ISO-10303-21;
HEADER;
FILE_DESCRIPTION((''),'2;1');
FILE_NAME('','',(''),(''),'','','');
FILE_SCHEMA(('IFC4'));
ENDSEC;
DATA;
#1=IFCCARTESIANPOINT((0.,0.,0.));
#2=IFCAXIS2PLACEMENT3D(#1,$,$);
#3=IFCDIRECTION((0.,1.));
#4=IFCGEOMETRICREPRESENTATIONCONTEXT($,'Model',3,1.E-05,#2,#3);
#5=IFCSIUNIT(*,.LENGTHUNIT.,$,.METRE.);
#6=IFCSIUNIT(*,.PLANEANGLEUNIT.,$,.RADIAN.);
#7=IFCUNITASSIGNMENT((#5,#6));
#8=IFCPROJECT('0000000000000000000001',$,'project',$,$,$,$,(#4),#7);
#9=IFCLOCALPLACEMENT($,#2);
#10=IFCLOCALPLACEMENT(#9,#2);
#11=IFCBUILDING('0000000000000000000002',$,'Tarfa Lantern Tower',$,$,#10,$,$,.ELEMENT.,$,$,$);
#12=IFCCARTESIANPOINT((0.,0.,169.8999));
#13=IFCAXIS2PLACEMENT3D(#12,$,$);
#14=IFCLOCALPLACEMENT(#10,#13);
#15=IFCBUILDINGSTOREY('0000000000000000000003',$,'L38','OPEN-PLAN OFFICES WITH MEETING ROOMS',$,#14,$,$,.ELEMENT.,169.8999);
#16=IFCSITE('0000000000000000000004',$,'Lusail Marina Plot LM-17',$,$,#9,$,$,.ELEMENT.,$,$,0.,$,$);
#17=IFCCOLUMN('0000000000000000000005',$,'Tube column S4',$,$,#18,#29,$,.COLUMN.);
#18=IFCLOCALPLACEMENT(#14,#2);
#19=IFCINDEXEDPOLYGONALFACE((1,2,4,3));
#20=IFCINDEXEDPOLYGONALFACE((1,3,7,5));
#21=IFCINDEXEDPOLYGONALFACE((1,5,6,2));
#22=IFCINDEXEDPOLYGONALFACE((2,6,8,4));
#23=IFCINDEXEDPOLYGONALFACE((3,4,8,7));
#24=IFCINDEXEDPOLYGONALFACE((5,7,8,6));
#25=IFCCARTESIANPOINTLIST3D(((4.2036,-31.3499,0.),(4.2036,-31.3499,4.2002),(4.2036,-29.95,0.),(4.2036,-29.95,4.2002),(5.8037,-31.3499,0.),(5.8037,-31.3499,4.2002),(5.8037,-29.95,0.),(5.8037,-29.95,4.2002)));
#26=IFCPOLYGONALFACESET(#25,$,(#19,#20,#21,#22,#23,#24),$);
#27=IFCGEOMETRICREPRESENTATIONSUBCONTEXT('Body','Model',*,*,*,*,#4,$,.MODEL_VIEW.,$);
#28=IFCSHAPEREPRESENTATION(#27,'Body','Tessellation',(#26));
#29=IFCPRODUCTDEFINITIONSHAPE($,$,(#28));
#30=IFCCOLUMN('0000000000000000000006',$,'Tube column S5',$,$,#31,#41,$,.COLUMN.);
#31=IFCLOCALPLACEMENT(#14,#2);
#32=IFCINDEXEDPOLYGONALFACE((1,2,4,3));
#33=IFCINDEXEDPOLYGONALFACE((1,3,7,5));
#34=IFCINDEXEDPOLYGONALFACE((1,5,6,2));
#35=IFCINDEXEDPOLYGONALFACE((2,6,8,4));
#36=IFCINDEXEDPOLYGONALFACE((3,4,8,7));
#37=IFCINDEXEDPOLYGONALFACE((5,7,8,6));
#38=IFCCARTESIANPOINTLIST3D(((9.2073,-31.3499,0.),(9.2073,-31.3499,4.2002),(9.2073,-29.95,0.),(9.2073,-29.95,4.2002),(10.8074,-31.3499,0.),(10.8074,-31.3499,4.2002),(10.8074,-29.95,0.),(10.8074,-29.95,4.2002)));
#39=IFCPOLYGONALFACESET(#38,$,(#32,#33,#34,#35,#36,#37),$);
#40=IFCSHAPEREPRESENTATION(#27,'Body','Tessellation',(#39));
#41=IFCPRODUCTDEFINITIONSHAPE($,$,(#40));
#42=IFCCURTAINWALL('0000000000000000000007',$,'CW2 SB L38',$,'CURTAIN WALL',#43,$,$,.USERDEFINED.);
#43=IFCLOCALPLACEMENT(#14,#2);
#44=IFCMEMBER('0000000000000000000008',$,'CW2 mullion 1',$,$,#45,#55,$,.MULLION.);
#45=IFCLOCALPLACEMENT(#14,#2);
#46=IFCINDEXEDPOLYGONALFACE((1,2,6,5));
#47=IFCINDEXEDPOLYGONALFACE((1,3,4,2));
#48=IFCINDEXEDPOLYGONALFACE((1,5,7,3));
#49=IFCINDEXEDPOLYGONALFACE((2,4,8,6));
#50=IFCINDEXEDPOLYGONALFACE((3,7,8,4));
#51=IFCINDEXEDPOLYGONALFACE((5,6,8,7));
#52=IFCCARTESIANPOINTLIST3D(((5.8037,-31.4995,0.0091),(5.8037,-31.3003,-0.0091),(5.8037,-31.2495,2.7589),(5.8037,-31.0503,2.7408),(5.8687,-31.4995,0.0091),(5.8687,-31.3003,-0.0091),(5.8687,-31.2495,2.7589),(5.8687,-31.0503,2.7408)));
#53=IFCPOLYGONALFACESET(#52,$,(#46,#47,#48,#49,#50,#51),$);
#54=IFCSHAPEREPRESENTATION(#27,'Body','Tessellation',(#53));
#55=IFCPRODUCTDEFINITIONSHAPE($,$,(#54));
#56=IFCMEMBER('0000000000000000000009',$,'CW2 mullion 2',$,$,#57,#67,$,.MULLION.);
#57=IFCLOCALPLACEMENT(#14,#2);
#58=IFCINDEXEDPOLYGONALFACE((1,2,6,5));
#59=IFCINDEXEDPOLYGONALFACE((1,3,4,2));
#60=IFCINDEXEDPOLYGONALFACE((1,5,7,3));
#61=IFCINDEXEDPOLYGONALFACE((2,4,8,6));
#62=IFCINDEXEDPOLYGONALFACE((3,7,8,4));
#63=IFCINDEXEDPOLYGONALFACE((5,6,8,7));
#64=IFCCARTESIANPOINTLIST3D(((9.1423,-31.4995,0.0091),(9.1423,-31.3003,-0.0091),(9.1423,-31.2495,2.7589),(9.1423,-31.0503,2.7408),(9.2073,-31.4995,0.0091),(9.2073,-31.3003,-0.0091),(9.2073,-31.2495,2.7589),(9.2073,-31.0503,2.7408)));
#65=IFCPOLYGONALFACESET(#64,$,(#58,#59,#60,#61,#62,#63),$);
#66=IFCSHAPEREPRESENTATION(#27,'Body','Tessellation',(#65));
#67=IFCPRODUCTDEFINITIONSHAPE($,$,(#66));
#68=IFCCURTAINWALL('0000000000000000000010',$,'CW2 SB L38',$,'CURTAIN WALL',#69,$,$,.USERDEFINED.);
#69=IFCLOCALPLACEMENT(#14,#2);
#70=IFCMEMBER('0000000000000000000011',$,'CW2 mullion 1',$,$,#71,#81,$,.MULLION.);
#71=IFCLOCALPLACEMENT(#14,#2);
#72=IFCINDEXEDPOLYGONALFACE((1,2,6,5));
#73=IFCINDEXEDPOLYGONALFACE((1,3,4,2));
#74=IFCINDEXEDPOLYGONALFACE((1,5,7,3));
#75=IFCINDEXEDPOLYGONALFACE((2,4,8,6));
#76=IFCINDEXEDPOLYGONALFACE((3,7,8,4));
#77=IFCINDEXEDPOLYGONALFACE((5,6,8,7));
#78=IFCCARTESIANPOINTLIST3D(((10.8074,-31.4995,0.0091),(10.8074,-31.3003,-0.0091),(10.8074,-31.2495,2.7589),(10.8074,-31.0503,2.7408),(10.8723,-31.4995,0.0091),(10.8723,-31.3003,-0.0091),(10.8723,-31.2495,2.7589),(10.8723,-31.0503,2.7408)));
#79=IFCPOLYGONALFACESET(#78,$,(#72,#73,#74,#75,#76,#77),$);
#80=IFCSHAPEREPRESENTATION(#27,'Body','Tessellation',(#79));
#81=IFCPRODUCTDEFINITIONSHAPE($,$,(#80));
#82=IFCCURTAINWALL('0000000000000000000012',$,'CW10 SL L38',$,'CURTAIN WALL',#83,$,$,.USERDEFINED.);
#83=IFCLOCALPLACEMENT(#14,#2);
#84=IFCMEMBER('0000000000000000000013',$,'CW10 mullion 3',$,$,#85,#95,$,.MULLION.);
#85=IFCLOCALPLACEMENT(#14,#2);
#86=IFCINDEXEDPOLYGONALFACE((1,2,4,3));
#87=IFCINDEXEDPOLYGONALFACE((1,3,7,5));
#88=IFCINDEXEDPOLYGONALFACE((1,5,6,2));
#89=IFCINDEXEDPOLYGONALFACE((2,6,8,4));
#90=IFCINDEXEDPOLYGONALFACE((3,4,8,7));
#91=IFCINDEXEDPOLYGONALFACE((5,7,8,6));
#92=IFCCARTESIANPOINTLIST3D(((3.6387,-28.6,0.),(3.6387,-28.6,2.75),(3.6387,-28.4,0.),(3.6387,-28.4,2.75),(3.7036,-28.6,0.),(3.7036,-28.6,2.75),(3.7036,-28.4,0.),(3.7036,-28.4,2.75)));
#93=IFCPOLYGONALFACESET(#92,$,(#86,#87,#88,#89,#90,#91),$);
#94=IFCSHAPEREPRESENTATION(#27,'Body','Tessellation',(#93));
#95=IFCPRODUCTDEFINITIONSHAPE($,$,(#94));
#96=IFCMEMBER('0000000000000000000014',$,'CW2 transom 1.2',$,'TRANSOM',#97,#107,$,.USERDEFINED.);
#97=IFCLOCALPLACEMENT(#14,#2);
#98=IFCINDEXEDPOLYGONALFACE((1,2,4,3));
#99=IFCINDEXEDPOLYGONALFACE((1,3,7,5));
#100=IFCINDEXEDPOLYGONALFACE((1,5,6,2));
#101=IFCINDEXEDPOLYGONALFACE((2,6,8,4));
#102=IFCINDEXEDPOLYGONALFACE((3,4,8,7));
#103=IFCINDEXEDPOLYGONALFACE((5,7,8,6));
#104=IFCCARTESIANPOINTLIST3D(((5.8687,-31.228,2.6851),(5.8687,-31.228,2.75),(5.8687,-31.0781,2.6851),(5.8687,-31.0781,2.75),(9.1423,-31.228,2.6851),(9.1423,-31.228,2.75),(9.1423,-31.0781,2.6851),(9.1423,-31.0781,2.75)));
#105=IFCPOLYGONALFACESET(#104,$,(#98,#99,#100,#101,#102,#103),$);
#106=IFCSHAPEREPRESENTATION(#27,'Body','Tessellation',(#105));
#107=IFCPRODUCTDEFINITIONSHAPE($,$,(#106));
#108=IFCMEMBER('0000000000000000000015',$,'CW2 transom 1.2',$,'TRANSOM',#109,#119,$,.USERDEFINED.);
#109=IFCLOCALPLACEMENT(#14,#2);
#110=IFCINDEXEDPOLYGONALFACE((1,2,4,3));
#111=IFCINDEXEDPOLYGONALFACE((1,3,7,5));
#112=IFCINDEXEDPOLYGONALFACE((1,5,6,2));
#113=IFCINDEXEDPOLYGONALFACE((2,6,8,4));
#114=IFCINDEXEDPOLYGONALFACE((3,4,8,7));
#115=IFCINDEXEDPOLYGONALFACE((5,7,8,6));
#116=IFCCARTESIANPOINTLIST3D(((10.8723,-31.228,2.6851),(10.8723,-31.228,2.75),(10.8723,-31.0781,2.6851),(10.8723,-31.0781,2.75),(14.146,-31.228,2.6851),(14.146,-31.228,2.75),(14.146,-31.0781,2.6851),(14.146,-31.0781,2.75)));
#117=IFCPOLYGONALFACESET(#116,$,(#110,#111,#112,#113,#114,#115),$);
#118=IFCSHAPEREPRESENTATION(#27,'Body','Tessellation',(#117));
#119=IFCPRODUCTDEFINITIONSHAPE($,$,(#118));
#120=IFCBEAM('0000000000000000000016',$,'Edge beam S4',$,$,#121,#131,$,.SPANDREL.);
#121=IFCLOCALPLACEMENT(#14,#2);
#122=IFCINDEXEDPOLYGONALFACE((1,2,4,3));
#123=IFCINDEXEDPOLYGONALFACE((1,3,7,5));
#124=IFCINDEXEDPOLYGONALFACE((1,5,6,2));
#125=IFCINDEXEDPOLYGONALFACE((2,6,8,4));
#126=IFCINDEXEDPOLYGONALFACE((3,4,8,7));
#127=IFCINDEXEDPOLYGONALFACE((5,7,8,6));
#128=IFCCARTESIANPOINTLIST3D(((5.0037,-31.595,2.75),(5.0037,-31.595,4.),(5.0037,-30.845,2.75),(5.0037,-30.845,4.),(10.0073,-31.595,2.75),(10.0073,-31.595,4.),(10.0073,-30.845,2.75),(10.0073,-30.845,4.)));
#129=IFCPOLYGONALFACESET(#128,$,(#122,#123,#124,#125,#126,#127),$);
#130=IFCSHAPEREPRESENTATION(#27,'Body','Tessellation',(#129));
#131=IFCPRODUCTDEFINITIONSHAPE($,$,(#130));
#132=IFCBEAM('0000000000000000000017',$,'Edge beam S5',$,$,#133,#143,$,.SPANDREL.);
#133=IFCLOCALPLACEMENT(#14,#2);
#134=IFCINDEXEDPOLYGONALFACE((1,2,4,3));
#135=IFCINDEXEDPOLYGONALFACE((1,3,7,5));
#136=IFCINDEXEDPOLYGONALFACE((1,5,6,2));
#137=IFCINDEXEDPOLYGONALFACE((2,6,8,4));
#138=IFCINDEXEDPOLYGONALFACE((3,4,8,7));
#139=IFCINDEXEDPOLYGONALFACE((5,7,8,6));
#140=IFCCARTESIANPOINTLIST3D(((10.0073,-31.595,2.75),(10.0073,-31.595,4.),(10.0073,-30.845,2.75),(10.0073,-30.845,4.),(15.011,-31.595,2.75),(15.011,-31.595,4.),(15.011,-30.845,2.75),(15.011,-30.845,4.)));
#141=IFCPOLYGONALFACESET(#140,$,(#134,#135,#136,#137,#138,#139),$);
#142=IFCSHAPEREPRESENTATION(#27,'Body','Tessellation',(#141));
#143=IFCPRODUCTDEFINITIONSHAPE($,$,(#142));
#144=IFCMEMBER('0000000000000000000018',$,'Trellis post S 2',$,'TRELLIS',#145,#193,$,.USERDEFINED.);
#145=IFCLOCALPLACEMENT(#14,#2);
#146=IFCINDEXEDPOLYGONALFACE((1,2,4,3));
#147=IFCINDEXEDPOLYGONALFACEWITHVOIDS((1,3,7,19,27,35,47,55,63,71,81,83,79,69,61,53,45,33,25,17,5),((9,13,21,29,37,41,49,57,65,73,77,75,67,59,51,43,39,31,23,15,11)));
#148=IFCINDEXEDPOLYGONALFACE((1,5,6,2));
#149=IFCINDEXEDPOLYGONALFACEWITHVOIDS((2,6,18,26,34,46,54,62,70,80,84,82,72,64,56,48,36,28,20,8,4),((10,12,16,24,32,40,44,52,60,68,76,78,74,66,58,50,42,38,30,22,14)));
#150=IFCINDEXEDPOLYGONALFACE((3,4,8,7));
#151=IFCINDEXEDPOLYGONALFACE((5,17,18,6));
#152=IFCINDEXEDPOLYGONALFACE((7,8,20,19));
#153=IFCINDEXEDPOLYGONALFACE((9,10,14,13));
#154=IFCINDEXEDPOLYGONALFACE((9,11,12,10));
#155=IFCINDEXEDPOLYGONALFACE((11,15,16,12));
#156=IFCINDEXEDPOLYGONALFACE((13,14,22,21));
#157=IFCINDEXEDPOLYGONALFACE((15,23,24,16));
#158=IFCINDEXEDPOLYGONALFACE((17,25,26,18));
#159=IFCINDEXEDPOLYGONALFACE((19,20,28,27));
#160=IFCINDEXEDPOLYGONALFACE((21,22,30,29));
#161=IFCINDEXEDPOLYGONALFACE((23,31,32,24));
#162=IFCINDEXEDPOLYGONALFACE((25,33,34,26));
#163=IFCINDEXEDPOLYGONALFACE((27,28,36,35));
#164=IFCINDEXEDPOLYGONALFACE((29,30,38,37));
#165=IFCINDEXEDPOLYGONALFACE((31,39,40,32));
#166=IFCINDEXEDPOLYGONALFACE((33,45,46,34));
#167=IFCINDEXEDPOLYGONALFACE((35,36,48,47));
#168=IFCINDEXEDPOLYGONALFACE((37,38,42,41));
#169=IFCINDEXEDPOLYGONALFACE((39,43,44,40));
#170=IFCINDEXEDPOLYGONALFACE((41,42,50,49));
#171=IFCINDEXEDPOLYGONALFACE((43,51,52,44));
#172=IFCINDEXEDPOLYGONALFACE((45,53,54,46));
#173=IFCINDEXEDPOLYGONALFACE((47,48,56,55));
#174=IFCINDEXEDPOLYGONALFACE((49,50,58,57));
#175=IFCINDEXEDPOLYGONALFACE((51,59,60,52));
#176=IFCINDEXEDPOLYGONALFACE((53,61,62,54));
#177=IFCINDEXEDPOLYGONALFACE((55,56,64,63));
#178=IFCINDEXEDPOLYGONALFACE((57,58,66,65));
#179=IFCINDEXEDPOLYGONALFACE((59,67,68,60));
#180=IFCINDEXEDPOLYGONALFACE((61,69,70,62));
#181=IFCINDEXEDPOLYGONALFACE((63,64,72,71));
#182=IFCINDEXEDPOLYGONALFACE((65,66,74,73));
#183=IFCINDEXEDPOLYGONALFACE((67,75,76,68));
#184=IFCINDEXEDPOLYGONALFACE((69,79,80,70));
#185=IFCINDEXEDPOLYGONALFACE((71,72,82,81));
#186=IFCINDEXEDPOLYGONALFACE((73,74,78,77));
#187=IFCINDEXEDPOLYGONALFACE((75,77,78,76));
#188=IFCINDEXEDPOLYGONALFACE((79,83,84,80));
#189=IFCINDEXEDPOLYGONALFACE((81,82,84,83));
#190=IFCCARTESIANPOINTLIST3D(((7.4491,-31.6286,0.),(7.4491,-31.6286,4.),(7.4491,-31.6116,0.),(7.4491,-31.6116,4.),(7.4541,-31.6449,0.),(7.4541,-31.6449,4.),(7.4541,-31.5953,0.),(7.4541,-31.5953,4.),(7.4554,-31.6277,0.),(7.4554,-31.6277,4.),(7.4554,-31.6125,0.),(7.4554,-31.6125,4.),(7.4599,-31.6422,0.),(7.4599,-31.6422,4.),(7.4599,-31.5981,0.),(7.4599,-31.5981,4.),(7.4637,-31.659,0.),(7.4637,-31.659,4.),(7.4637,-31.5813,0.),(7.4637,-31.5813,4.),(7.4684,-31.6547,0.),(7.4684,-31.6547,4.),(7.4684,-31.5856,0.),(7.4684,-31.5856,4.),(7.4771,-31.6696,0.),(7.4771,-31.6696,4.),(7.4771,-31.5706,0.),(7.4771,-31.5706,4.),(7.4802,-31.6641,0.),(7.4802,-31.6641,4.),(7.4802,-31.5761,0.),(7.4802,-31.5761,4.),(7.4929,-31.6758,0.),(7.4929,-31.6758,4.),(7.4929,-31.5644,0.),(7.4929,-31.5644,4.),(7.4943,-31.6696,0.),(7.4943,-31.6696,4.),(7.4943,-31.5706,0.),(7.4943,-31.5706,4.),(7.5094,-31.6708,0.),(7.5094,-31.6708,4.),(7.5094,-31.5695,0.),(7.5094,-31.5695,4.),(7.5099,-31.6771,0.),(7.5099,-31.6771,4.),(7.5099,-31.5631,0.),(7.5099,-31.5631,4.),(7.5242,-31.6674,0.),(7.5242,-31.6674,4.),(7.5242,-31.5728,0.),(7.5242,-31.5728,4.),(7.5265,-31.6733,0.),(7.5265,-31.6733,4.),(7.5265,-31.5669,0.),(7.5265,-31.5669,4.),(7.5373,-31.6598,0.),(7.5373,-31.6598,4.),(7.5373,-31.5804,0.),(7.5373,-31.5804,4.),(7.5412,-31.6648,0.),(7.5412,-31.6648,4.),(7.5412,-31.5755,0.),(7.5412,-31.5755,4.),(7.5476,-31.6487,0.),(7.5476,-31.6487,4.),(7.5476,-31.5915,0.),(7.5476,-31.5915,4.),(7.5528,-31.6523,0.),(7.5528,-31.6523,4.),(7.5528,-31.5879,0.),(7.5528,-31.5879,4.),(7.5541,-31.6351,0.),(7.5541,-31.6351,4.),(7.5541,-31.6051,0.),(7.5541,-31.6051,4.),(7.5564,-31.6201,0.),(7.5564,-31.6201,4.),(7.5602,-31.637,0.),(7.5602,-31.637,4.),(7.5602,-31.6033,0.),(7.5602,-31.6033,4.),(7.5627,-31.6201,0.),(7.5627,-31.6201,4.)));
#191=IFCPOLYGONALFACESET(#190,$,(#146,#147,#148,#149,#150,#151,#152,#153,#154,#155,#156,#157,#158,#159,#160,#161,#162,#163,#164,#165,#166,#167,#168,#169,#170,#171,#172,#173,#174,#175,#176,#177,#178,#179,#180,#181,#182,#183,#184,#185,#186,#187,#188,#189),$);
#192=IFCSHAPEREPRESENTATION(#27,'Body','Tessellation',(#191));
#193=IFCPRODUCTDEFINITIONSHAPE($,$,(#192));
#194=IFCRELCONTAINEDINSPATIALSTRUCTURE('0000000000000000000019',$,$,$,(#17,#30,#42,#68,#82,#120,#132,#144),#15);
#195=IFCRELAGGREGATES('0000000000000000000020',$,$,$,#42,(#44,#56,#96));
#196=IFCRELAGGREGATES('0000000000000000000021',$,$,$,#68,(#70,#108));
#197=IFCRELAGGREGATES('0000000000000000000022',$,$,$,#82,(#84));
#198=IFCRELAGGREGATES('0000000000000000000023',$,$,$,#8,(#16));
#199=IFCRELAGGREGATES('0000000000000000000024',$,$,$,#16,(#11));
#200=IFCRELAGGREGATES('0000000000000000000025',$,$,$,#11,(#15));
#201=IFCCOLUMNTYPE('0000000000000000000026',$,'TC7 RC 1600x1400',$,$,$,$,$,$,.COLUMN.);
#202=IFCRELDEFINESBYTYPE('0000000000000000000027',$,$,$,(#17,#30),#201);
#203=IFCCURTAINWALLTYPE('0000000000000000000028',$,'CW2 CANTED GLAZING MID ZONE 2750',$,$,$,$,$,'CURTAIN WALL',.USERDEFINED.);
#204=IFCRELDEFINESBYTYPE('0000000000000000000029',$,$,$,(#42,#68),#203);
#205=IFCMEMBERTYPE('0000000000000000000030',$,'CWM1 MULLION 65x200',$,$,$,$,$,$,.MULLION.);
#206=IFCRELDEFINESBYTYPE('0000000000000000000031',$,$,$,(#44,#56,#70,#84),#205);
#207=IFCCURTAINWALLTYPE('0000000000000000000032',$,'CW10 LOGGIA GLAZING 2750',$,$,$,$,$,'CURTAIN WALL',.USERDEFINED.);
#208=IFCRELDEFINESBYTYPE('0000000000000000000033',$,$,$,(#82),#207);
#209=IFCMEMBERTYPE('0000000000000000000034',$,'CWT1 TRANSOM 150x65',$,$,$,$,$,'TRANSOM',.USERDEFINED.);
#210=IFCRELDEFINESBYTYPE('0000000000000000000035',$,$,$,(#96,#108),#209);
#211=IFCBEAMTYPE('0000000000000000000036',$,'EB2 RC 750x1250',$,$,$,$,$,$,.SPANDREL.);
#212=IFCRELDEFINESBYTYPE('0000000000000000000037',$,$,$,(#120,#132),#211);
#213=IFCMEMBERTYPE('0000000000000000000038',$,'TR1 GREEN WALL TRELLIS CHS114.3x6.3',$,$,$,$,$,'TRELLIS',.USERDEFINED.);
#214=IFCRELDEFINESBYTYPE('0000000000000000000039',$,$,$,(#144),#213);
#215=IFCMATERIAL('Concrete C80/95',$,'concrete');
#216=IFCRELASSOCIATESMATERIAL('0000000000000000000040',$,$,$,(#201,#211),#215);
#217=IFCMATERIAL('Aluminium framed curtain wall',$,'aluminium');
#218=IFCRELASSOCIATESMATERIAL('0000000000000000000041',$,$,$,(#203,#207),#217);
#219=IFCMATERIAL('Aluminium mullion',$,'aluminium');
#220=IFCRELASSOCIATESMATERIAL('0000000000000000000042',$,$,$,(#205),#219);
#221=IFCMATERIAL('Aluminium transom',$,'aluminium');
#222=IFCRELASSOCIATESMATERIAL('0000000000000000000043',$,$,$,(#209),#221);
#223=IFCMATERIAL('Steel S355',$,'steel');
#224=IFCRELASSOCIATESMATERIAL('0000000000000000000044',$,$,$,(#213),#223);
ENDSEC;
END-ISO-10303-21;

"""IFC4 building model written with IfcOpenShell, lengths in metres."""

from ifc_helpers import new_model, si_unit, direction, frame, origin, origin_2d, place, context, subcontext, project, spatial, rectangle, hollow_circle, extrude, material, material_profile, profile_set, type_object, element, aggregate, save


model = new_model("IFC4")

# Units and contexts
model_context = context("Model", 3, precision=1e-05, world=origin(), true_north=direction((0.0, 1.0)))
body_context = subcontext(model_context, "Body", "Model", "MODEL_VIEW")
ifc_project = project(units=[si_unit("LENGTHUNIT", "METRE"), si_unit("PLANEANGLEUNIT", "RADIAN")], contexts=[model_context])

# Site, building, storey
site_placement = place(None, origin())
site = spatial("IfcSite", under=ifc_project, at=site_placement, Name="Lusail Marina Plot LM-17", CompositionType="ELEMENT", RefElevation=0.0)
building_placement = place(site_placement, origin())
building = spatial("IfcBuilding", under=site, at=building_placement, Name="Tarfa Lantern Tower", CompositionType="ELEMENT")
storey_placement = place(building_placement, frame((0.0, 0.0, 169.8999)))
storey = spatial("IfcBuildingStorey", under=building, at=storey_placement, Name="L38", Description="OPEN-PLAN OFFICES WITH MEETING ROOMS", CompositionType="ELEMENT", Elevation=169.8999)

# Columns
ifc_material_1 = material(Name="Concrete C80/95", Category="concrete")
ifc_material_profile_1 = material_profile(ifc_material_1, rectangle(XDim=1.6001, YDim=1.3999, at=origin_2d()), Name="RC 1600x1400")
ifc_profile_set_1 = profile_set([ifc_material_profile_1], Name="Concrete C80/95")
column_type = type_object("IfcColumnType", Name="TC7 RC 1600x1400", PredefinedType="COLUMN", material=ifc_profile_set_1)
for number, where, z_axis, x_axis, name in (
    (1, (5.0037, -30.6499, 0.0), (0.0, 0.0, 1.0), (1.0, 0.0, 0.0), "Tube column S4"),
    (2, (10.0073, -30.6499, 0.0), (0.0, 0.0, 1.0), (1.0, 0.0, 0.0), "Tube column S5"),
):
    element("IfcColumn", number, at=place(storey_placement, frame(where, z_axis=z_axis, x_axis=x_axis)), inside=storey, type_object=column_type, Name=name, PredefinedType="COLUMN", context=body_context, shape_type="SweptSolid", body=[
        extrude(rectangle(XDim=1.6001, YDim=1.3999, at=origin_2d()), origin(), (0.0, 0.0, 1.0), 4.2002),
    ])

# Curtain wall, members
ifc_material_2 = material(Name="Aluminium framed curtain wall", Category="aluminium")
curtain_wall_type_1 = type_object("IfcCurtainWallType", Name="CW2 CANTED GLAZING MID ZONE 2750", ElementType="CURTAIN WALL", PredefinedType="USERDEFINED", material=ifc_material_2)
curtain_wall_1_placement = place(storey_placement, origin())
curtain_wall_1 = element("IfcCurtainWall", 3, at=curtain_wall_1_placement, inside=storey, type_object=curtain_wall_type_1, Name="CW2 SB L38", ObjectType="CURTAIN WALL", PredefinedType="USERDEFINED")
ifc_material_3 = material(Name="Aluminium mullion", Category="aluminium")
ifc_material_profile_2 = material_profile(ifc_material_3, rectangle(XDim=0.0649, YDim=0.2, at=origin_2d()), Name="AL MULLION 65x200")
ifc_profile_set_2 = profile_set([ifc_material_profile_2], Name="Aluminium mullion")
member_type_1 = type_object("IfcMemberType", Name="CWM1 MULLION 65x200", PredefinedType="MULLION", material=ifc_profile_set_2)
member_1_placement = place(storey_placement, frame((5.8362, -31.3999, 0.0), z_axis=(0.0, 0.090536, 0.995893), x_axis=(-1.0, 0.0, 0.0)))
member_1 = element("IfcMember", 4, at=member_1_placement, type_object=member_type_1, Name="CW2 mullion 1", PredefinedType="MULLION", context=body_context, shape_type="SweptSolid", body=[
    extrude(rectangle(XDim=0.0649, YDim=0.2, at=origin_2d()), origin(), (0.0, 0.0, 1.0), 2.7612),
])
member_2_placement = place(storey_placement, frame((9.1748, -31.3999, 0.0), z_axis=(0.0, 0.090536, 0.995893), x_axis=(-1.0, 0.0, 0.0)))
member_2 = element("IfcMember", 5, at=member_2_placement, type_object=member_type_1, Name="CW2 mullion 2", PredefinedType="MULLION", context=body_context, shape_type="SweptSolid", body=[
    extrude(rectangle(XDim=0.0649, YDim=0.2, at=origin_2d()), origin(), (0.0, 0.0, 1.0), 2.7612),
])

# Curtain walls, members
curtain_wall_2_placement = place(storey_placement, origin())
curtain_wall_2 = element("IfcCurtainWall", 6, at=curtain_wall_2_placement, inside=storey, type_object=curtain_wall_type_1, Name="CW2 SB L38", ObjectType="CURTAIN WALL", PredefinedType="USERDEFINED")
member_3_placement = place(storey_placement, frame((10.8398, -31.3999, 0.0), z_axis=(0.0, 0.090536, 0.995893), x_axis=(-1.0, 0.0, 0.0)))
member_3 = element("IfcMember", 7, at=member_3_placement, type_object=member_type_1, Name="CW2 mullion 1", PredefinedType="MULLION", context=body_context, shape_type="SweptSolid", body=[
    extrude(rectangle(XDim=0.0649, YDim=0.2, at=origin_2d()), origin(), (0.0, 0.0, 1.0), 2.7612),
])
curtain_wall_type_2 = type_object("IfcCurtainWallType", Name="CW10 LOGGIA GLAZING 2750", ElementType="CURTAIN WALL", PredefinedType="USERDEFINED", material=ifc_material_2)
curtain_wall_3_placement = place(storey_placement, origin())
curtain_wall_3 = element("IfcCurtainWall", 8, at=curtain_wall_3_placement, inside=storey, type_object=curtain_wall_type_2, Name="CW10 SL L38", ObjectType="CURTAIN WALL", PredefinedType="USERDEFINED")
member_4_placement = place(storey_placement, frame((3.6711, -28.5, 0.0), z_axis=(0.0, 0.0, 1.0), x_axis=(1.0, 0.0, 0.0)))
member_4 = element("IfcMember", 9, at=member_4_placement, type_object=member_type_1, Name="CW10 mullion 3", PredefinedType="MULLION", context=body_context, shape_type="SweptSolid", body=[
    extrude(rectangle(XDim=0.0649, YDim=0.2, at=origin_2d()), origin(), (0.0, 0.0, 1.0), 2.75),
])

# Members
ifc_material_4 = material(Name="Aluminium transom", Category="aluminium")
ifc_material_profile_3 = material_profile(ifc_material_4, rectangle(XDim=0.1499, YDim=0.0649, at=origin_2d()), Name="AL TRANSOM 150x65")
ifc_profile_set_3 = profile_set([ifc_material_profile_3], Name="Aluminium transom")
member_type_2 = type_object("IfcMemberType", Name="CWT1 TRANSOM 150x65", ElementType="TRANSOM", PredefinedType="USERDEFINED", material=ifc_profile_set_3)
member_5_placement = place(storey_placement, frame((5.8687, -31.1531, 2.7175), z_axis=(1.0, 0.0, 0.0), x_axis=(0.0, 1.0, 0.0)))
member_5 = element("IfcMember", 10, at=member_5_placement, type_object=member_type_2, Name="CW2 transom 1.2", ObjectType="TRANSOM", PredefinedType="USERDEFINED", context=body_context, shape_type="SweptSolid", body=[
    extrude(rectangle(XDim=0.1499, YDim=0.0649, at=origin_2d()), origin(), (0.0, 0.0, 1.0), 3.2737),
])
member_6_placement = place(storey_placement, frame((10.8723, -31.1531, 2.7175), z_axis=(1.0, 0.0, 0.0), x_axis=(0.0, 1.0, 0.0)))
member_6 = element("IfcMember", 11, at=member_6_placement, type_object=member_type_2, Name="CW2 transom 1.2", ObjectType="TRANSOM", PredefinedType="USERDEFINED", context=body_context, shape_type="SweptSolid", body=[
    extrude(rectangle(XDim=0.1499, YDim=0.0649, at=origin_2d()), origin(), (0.0, 0.0, 1.0), 3.2737),
])

# Beams
ifc_material_profile_4 = material_profile(ifc_material_1, rectangle(XDim=0.75, YDim=1.25, at=origin_2d()), Name="RC 750x1250")
ifc_profile_set_4 = profile_set([ifc_material_profile_4], Name="Concrete C80/95")
beam_type_1 = type_object("IfcBeamType", Name="EB2 RC 750x1250", PredefinedType="SPANDREL", material=ifc_profile_set_4)
for number, where, z_axis, x_axis, name in (
    (12, (5.0037, -31.22, 3.375), (1.0, 0.0, 0.0), (0.0, 1.0, 0.0), "Edge beam S4"),
    (13, (10.0073, -31.22, 3.375), (1.0, 0.0, 0.0), (0.0, 1.0, 0.0), "Edge beam S5"),
):
    element("IfcBeam", number, at=place(storey_placement, frame(where, z_axis=z_axis, x_axis=x_axis)), inside=storey, type_object=beam_type_1, Name=name, PredefinedType="SPANDREL", context=body_context, shape_type="SweptSolid", body=[
        extrude(rectangle(XDim=0.75, YDim=1.25, at=origin_2d()), origin(), (0.0, 0.0, 1.0), 5.0037),
    ])

# Member
ifc_material_5 = material(Name="Steel S355", Category="steel")
ifc_material_profile_5 = material_profile(ifc_material_5, hollow_circle(Radius=0.0571, WallThickness=0.0063, at=origin_2d()), Name="CHS114.3x6.3")
ifc_profile_set_5 = profile_set([ifc_material_profile_5], Name="Steel S355")
member_type_3 = type_object("IfcMemberType", Name="TR1 GREEN WALL TRELLIS CHS114.3x6.3", ElementType="TRELLIS", PredefinedType="USERDEFINED", material=ifc_profile_set_5)
member_7_placement = place(storey_placement, frame((7.5056, -31.6201, 0.0), z_axis=(0.0, 0.0, 1.0), x_axis=(1.0, 0.0, 0.0)))
element("IfcMember", 14, at=member_7_placement, inside=storey, type_object=member_type_3, Name="Trellis post S 2", ObjectType="TRELLIS", PredefinedType="USERDEFINED", context=body_context, shape_type="SweptSolid", body=[
    extrude(hollow_circle(Radius=0.0571, WallThickness=0.0063, at=origin_2d()), origin(), (0.0, 0.0, 1.0), 4.0),
])

aggregate(curtain_wall_1, [member_1, member_2, member_5])
aggregate(curtain_wall_2, [member_3, member_6])
aggregate(curtain_wall_3, [member_4])

save(model, "model.ifc")
